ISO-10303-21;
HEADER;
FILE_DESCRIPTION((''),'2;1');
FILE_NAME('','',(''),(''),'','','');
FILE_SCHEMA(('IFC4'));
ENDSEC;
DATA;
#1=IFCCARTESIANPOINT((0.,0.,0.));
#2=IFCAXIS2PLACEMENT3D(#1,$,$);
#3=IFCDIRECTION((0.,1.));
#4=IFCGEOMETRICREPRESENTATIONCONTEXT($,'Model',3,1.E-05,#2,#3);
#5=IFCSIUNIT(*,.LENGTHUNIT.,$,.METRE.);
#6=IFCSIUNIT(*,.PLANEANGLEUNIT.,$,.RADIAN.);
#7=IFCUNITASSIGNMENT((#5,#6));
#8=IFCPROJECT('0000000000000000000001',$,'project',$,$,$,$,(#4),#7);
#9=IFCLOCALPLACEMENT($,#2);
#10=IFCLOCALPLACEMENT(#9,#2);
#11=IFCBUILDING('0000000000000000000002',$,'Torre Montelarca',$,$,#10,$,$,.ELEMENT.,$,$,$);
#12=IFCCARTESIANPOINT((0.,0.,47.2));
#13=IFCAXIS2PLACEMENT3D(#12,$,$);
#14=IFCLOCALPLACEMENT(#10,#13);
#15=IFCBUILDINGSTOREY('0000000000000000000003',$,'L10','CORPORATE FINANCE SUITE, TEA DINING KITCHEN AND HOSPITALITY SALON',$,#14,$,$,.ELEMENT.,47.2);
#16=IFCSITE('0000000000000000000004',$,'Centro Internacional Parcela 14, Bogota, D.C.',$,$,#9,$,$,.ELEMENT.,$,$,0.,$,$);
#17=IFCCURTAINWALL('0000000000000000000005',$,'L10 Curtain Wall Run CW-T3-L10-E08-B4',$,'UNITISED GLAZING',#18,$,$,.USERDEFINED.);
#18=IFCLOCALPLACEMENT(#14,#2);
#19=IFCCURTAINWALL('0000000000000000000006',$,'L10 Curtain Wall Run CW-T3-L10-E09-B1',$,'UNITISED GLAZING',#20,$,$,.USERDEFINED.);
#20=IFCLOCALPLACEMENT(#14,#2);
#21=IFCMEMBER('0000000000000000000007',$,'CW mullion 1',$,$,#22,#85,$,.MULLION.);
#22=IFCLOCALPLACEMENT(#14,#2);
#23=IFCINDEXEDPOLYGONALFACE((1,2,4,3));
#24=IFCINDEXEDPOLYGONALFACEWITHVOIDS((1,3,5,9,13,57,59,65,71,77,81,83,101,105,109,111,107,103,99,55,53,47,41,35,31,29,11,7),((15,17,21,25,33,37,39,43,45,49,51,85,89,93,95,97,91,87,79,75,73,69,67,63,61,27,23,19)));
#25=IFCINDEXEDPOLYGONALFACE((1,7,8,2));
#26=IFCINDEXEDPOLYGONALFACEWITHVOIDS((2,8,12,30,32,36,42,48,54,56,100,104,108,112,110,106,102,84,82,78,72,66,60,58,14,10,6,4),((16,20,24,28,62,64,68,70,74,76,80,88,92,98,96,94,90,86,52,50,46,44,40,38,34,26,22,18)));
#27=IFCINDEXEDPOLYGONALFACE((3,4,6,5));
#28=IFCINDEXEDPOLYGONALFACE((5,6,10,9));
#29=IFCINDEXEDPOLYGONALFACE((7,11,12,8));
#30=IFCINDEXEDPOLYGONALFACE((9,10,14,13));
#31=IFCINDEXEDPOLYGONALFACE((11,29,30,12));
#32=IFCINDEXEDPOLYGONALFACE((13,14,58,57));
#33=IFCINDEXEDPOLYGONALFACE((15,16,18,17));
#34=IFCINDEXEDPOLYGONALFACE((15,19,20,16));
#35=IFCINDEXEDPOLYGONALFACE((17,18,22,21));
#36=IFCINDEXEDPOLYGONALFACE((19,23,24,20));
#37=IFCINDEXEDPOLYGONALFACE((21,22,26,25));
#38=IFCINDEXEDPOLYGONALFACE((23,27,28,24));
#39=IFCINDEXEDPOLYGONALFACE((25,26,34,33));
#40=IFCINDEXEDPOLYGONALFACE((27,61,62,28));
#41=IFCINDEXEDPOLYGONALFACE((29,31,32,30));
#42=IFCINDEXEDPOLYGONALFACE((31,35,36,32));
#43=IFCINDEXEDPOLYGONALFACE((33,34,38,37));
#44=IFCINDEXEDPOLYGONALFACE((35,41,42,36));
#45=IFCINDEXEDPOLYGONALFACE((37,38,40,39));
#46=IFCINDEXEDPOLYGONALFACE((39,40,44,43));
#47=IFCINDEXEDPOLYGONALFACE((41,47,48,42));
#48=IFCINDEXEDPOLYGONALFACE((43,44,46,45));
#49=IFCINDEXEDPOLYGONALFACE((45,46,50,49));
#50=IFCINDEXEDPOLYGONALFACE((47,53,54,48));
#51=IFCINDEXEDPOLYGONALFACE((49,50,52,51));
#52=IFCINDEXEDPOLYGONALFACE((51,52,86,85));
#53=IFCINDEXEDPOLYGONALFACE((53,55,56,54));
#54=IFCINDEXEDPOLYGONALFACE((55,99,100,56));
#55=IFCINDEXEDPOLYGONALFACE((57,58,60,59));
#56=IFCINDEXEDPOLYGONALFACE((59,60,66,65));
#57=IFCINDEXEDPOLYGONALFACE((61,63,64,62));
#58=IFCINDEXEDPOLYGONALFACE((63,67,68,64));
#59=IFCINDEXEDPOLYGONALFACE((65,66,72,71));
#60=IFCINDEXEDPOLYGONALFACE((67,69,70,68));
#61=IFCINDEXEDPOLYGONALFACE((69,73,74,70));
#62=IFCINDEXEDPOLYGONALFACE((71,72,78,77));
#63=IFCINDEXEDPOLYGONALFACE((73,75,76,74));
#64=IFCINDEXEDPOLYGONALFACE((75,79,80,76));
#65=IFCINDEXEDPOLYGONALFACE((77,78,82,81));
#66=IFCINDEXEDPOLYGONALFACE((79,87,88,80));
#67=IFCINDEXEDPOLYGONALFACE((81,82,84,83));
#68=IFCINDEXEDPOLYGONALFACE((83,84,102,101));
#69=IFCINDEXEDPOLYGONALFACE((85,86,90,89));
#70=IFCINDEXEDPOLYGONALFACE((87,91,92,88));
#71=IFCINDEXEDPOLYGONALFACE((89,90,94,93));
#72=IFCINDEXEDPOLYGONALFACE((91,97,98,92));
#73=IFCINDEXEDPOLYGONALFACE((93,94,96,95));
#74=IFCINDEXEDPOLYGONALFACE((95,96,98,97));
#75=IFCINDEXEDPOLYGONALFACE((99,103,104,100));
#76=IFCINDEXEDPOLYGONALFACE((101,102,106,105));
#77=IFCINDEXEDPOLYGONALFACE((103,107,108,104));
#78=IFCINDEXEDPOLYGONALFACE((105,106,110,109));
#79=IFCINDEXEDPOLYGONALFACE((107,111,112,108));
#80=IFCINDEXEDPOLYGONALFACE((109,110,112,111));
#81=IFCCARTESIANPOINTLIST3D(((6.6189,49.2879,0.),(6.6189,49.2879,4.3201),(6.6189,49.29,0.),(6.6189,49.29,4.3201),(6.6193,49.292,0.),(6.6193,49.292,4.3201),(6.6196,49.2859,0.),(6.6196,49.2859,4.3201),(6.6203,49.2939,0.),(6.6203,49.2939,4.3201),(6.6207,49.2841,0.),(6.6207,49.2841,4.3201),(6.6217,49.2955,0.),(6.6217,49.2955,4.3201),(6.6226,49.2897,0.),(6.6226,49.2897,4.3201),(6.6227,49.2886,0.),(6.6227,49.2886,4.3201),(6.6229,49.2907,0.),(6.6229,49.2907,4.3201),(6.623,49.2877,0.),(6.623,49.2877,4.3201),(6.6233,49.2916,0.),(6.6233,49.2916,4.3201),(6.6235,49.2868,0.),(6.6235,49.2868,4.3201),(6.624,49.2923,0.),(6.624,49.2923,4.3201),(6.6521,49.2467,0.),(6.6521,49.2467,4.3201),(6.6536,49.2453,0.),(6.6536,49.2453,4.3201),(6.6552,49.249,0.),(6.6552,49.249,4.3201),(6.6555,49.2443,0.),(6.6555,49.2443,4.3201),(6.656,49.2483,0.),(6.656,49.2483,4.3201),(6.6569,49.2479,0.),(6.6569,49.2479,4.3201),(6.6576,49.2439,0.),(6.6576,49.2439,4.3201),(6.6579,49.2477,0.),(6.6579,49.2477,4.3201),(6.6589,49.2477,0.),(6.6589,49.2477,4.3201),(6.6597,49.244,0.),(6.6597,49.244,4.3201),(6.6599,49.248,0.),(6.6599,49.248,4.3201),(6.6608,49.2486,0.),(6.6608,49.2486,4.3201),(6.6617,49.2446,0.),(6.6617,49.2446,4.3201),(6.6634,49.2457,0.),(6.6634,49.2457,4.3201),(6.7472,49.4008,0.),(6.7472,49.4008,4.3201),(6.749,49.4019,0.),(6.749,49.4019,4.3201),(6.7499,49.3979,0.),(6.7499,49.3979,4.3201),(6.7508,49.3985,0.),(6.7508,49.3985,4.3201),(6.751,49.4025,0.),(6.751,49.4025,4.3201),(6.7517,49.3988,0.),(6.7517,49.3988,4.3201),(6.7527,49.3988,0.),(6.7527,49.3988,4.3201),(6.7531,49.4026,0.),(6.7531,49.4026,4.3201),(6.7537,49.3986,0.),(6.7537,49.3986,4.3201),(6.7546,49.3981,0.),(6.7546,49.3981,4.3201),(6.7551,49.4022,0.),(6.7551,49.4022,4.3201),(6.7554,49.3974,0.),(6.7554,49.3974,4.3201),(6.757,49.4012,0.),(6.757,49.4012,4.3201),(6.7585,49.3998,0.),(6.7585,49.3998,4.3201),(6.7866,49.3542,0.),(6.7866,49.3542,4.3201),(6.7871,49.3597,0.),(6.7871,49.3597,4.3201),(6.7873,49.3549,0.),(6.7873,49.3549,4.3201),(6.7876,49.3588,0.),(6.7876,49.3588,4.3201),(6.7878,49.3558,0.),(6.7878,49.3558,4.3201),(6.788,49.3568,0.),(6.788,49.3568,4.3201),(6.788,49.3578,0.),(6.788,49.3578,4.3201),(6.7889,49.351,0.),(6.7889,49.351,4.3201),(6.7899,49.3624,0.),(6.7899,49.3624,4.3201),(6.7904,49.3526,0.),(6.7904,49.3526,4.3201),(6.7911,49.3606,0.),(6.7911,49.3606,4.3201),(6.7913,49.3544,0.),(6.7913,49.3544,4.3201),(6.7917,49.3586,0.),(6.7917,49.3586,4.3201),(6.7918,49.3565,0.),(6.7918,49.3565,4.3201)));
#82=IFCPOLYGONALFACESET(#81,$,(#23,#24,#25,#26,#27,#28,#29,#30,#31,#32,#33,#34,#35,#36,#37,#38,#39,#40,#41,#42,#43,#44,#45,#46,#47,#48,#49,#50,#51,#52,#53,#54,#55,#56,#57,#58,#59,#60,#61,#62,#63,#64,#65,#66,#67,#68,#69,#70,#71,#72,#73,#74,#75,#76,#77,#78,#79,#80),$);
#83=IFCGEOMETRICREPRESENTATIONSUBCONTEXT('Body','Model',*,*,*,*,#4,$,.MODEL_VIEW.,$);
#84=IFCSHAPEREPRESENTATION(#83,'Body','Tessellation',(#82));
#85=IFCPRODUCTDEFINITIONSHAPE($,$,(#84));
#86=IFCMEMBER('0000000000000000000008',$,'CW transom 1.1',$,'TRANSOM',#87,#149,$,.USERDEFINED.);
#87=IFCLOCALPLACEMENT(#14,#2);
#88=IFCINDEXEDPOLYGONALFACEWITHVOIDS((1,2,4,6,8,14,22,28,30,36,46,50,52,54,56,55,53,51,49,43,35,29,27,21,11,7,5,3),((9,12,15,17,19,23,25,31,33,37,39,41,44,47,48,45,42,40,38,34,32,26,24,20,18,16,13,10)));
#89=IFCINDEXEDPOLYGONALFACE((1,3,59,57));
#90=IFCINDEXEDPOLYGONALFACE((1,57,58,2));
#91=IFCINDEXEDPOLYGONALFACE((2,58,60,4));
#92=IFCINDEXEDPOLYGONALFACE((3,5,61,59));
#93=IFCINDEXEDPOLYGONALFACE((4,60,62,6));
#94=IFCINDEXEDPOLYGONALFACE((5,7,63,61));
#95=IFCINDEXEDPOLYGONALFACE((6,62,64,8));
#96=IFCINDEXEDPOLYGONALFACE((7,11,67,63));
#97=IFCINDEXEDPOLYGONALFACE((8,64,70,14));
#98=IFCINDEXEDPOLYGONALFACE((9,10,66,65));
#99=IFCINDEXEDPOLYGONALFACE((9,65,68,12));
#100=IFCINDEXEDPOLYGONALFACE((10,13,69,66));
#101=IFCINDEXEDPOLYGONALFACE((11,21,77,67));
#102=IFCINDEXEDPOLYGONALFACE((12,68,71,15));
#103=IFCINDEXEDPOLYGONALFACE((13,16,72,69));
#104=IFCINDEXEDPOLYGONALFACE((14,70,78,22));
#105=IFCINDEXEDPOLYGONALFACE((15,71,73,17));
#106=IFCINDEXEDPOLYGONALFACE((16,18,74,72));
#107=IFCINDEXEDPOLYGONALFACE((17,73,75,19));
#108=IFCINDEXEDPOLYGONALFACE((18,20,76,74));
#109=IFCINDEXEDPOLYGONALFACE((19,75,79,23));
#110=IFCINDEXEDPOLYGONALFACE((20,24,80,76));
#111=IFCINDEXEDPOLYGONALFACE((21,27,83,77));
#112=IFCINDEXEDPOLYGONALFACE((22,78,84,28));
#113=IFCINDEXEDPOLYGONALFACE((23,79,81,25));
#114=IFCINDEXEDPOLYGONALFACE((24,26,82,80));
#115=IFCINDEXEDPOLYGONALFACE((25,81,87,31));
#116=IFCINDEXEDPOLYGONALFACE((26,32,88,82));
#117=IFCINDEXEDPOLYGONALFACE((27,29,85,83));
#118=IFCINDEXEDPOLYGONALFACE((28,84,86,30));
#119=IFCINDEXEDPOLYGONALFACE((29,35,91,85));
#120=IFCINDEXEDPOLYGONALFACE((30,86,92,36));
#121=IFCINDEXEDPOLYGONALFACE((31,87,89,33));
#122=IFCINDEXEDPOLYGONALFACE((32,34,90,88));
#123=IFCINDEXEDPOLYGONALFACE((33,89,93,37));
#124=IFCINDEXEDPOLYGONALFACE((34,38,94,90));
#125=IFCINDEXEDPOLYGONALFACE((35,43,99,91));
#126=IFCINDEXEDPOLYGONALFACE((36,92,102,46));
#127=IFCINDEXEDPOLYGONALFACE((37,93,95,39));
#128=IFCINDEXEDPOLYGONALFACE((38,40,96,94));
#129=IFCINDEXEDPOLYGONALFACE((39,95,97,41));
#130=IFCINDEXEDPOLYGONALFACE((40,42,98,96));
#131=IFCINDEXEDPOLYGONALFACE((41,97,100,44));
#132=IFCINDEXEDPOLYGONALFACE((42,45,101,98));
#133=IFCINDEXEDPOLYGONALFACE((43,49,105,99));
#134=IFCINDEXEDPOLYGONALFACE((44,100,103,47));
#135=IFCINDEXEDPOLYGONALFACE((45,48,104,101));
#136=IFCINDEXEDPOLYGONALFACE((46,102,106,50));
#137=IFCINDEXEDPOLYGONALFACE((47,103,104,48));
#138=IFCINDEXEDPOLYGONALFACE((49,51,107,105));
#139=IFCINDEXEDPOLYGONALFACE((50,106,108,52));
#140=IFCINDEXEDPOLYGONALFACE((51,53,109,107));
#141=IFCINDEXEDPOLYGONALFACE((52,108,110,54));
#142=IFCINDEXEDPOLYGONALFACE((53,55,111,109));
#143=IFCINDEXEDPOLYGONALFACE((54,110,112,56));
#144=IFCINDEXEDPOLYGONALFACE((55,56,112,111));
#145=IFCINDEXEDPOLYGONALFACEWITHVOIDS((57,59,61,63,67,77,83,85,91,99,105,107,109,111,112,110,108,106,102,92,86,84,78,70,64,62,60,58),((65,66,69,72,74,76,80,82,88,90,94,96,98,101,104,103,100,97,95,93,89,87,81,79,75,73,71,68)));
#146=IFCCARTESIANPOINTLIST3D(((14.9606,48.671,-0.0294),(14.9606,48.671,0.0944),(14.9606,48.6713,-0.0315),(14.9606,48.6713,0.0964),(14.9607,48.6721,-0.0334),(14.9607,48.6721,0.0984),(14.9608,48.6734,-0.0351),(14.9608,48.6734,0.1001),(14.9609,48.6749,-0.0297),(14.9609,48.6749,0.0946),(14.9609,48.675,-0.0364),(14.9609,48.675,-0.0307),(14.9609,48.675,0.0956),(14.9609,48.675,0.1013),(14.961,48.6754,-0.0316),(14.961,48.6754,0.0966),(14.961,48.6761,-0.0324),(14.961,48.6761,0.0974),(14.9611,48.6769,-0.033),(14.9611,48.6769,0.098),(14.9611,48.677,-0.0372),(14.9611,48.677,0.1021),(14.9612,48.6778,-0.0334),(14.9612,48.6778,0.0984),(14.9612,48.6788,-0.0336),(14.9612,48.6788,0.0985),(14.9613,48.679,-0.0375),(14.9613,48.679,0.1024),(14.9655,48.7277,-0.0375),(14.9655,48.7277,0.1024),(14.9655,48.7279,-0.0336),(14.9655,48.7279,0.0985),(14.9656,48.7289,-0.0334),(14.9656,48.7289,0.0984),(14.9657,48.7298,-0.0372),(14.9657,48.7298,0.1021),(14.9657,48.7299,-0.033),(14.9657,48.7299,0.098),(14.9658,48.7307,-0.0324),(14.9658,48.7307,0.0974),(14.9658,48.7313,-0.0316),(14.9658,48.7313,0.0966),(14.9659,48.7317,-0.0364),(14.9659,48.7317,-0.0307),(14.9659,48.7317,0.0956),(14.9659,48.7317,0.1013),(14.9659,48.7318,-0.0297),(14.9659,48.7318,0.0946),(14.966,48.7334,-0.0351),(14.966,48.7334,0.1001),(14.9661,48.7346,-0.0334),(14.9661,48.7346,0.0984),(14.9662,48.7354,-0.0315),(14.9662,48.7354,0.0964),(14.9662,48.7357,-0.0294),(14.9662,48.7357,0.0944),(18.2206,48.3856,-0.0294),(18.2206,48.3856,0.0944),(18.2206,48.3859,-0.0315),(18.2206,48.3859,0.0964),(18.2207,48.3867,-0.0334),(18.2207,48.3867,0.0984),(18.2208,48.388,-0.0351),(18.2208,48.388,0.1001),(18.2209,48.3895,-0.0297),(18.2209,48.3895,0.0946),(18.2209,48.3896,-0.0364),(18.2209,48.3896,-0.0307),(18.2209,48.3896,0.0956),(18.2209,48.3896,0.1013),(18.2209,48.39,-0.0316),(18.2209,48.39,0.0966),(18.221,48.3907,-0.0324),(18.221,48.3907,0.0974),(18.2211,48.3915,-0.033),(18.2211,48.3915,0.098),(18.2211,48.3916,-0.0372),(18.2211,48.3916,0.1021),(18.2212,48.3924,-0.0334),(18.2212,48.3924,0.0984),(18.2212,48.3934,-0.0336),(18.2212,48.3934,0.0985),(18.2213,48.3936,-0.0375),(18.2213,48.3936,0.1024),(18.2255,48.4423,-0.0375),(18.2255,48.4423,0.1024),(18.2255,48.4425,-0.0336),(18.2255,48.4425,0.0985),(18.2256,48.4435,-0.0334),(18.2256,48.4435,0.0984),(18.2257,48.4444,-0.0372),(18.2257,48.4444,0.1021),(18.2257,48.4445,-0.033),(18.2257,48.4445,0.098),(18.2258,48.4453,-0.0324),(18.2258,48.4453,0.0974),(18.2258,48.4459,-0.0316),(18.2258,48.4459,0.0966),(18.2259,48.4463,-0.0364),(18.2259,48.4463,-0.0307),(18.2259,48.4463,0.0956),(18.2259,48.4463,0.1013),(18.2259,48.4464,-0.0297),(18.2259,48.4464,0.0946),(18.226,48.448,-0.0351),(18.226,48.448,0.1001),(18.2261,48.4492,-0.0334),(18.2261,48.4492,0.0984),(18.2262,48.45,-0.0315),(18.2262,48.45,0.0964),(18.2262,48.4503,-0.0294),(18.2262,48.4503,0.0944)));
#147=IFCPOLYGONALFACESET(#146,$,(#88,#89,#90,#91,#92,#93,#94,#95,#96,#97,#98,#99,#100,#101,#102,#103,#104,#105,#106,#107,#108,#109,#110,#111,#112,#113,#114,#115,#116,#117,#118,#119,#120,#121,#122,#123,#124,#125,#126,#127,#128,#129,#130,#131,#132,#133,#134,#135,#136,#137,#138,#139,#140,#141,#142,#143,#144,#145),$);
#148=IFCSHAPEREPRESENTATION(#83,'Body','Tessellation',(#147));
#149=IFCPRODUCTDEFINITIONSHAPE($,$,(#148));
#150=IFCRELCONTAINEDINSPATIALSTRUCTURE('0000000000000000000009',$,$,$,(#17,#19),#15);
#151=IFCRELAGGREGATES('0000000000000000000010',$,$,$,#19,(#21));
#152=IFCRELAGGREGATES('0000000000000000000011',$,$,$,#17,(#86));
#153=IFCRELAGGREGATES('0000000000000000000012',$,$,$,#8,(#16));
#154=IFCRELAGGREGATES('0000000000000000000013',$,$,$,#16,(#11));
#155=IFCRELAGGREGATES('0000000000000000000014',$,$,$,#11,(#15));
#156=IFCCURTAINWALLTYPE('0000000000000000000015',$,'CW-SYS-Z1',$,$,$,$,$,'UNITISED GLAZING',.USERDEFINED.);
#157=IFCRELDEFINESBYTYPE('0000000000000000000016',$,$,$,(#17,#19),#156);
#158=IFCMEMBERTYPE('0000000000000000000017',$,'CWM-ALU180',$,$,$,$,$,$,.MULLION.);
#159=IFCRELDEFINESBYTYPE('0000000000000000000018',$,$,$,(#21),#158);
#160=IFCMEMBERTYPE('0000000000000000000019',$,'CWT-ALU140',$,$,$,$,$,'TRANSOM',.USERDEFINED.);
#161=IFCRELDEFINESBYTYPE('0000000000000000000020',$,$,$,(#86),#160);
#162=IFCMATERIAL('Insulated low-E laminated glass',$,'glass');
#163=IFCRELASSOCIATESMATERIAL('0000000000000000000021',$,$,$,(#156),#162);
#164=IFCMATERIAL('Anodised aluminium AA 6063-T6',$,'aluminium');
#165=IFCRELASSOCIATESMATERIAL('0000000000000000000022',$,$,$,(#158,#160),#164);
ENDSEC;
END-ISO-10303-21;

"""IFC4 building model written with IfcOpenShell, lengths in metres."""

from ifc_helpers import new_model, si_unit, direction, frame, origin, origin_2d, place, context, subcontext, project, spatial, hollow_rectangle, extrude, source, transform, mapped, material, material_profile, profile_set, type_object, element, aggregate, save


model = new_model("IFC4")

# Units and contexts
model_context = context("Model", 3, precision=1e-05, world=origin(), true_north=direction((0.0, 1.0)))
body_context = subcontext(model_context, "Body", "Model", "MODEL_VIEW")
ifc_project = project(units=[si_unit("LENGTHUNIT", "METRE"), si_unit("PLANEANGLEUNIT", "RADIAN")], contexts=[model_context])

# Site, building, storey
site_placement = place(None, origin())
site = spatial("IfcSite", under=ifc_project, at=site_placement, Name="Centro Internacional Parcela 14, Bogota, D.C.", CompositionType="ELEMENT", RefElevation=0.0)
building_placement = place(site_placement, origin())
building = spatial("IfcBuilding", under=site, at=building_placement, Name="Torre Montelarca", CompositionType="ELEMENT")
storey_placement = place(building_placement, frame((0.0, 0.0, 47.2)))
storey = spatial("IfcBuildingStorey", under=building, at=storey_placement, Name="L10", Description="CORPORATE FINANCE SUITE, TEA DINING KITCHEN AND HOSPITALITY SALON", CompositionType="ELEMENT", Elevation=47.2)

# Shared definitions
ifc_material_1 = material(Name="Insulated low-E laminated glass", Category="glass")
curtain_wall_type = type_object("IfcCurtainWallType", Name="CW-SYS-Z1", ElementType="UNITISED GLAZING", PredefinedType="USERDEFINED", material=ifc_material_1)
ifc_material_2 = material(Name="Anodised aluminium AA 6063-T6", Category="aluminium")
ifc_material_profile_1 = material_profile(ifc_material_2, hollow_rectangle(XDim=0.0649, YDim=0.1799, WallThickness=0.0039, InnerFilletRadius=0.0039, OuterFilletRadius=0.0081, at=origin_2d()), Name="ALU65X180X4", Category="aluminium")
ifc_profile_set_1 = profile_set([ifc_material_profile_1], Name="Anodised aluminium AA 6063-T6")
member_type_1 = type_object("IfcMemberType", Name="CWM-ALU180", PredefinedType="MULLION", material=ifc_profile_set_1)
shared_shape_1 = source(origin(), body_context, "Body", "SweptSolid", [
    extrude(hollow_rectangle(XDim=0.0649, YDim=0.1799, WallThickness=0.0039, InnerFilletRadius=0.0039, OuterFilletRadius=0.0081, at=origin_2d()), origin(), (0.0, 0.0, 1.0), 4.3201),
])

# Curtain wall
curtain_wall_1_placement = place(storey_placement, origin())
curtain_wall_1 = element("IfcCurtainWall", 1, at=curtain_wall_1_placement, inside=storey, type_object=curtain_wall_type, Name="L10 Curtain Wall Run CW-T3-L10-E08-B4", ObjectType="UNITISED GLAZING", PredefinedType="USERDEFINED")

# Curtain wall, member
curtain_wall_2_placement = place(storey_placement, origin())
curtain_wall_2 = element("IfcCurtainWall", 2, at=curtain_wall_2_placement, inside=storey, type_object=curtain_wall_type, Name="L10 Curtain Wall Run CW-T3-L10-E09-B1", ObjectType="UNITISED GLAZING", PredefinedType="USERDEFINED")
member_1_placement = place(storey_placement, frame((6.7053, 49.3232, 0.0), z_axis=(0.0, 0.0, 1.0), x_axis=(0.64279, -0.766043, 0.0)))
member_1 = element("IfcMember", 3, at=member_1_placement, type_object=member_type_1, Name="CW mullion 1", PredefinedType="MULLION", context=body_context, shape_type="MappedRepresentation", body=[
    mapped(shared_shape_1, transform((0.0, 0.0, 0.0), scale=1.0)),
])
aggregate(curtain_wall_2, [member_1])

# Member
ifc_material_profile_2 = material_profile(ifc_material_2, hollow_rectangle(XDim=0.0649, YDim=0.1399, WallThickness=0.0039, InnerFilletRadius=0.0039, OuterFilletRadius=0.0081, at=origin_2d()), Name="ALU65X140X4", Category="aluminium")
ifc_profile_set_2 = profile_set([ifc_material_profile_2], Name="Anodised aluminium AA 6063-T6")
member_type_2 = type_object("IfcMemberType", Name="CWT-ALU140", ElementType="TRANSOM", PredefinedType="USERDEFINED", material=ifc_profile_set_2)
shared_shape_2 = source(origin(), body_context, "Body", "SweptSolid", [
    extrude(hollow_rectangle(XDim=0.0649, YDim=0.1399, WallThickness=0.0039, InnerFilletRadius=0.0039, OuterFilletRadius=0.0081, at=origin_2d()), origin(), (0.0, 0.0, 1.0), 3.2725),
])
member_2_placement = place(storey_placement, frame((18.2234, 48.418, 0.0325), z_axis=(-0.99619, 0.087212, 0.0), x_axis=(-0.087212, -0.99619, 0.0)))
member_2 = element("IfcMember", 4, at=member_2_placement, type_object=member_type_2, Name="CW transom 1.1", ObjectType="TRANSOM", PredefinedType="USERDEFINED", context=body_context, shape_type="MappedRepresentation", body=[
    mapped(shared_shape_2, transform((0.0, 0.0, 0.0), scale=1.0)),
])

aggregate(curtain_wall_1, [member_2])

save(model, "model.ifc")
